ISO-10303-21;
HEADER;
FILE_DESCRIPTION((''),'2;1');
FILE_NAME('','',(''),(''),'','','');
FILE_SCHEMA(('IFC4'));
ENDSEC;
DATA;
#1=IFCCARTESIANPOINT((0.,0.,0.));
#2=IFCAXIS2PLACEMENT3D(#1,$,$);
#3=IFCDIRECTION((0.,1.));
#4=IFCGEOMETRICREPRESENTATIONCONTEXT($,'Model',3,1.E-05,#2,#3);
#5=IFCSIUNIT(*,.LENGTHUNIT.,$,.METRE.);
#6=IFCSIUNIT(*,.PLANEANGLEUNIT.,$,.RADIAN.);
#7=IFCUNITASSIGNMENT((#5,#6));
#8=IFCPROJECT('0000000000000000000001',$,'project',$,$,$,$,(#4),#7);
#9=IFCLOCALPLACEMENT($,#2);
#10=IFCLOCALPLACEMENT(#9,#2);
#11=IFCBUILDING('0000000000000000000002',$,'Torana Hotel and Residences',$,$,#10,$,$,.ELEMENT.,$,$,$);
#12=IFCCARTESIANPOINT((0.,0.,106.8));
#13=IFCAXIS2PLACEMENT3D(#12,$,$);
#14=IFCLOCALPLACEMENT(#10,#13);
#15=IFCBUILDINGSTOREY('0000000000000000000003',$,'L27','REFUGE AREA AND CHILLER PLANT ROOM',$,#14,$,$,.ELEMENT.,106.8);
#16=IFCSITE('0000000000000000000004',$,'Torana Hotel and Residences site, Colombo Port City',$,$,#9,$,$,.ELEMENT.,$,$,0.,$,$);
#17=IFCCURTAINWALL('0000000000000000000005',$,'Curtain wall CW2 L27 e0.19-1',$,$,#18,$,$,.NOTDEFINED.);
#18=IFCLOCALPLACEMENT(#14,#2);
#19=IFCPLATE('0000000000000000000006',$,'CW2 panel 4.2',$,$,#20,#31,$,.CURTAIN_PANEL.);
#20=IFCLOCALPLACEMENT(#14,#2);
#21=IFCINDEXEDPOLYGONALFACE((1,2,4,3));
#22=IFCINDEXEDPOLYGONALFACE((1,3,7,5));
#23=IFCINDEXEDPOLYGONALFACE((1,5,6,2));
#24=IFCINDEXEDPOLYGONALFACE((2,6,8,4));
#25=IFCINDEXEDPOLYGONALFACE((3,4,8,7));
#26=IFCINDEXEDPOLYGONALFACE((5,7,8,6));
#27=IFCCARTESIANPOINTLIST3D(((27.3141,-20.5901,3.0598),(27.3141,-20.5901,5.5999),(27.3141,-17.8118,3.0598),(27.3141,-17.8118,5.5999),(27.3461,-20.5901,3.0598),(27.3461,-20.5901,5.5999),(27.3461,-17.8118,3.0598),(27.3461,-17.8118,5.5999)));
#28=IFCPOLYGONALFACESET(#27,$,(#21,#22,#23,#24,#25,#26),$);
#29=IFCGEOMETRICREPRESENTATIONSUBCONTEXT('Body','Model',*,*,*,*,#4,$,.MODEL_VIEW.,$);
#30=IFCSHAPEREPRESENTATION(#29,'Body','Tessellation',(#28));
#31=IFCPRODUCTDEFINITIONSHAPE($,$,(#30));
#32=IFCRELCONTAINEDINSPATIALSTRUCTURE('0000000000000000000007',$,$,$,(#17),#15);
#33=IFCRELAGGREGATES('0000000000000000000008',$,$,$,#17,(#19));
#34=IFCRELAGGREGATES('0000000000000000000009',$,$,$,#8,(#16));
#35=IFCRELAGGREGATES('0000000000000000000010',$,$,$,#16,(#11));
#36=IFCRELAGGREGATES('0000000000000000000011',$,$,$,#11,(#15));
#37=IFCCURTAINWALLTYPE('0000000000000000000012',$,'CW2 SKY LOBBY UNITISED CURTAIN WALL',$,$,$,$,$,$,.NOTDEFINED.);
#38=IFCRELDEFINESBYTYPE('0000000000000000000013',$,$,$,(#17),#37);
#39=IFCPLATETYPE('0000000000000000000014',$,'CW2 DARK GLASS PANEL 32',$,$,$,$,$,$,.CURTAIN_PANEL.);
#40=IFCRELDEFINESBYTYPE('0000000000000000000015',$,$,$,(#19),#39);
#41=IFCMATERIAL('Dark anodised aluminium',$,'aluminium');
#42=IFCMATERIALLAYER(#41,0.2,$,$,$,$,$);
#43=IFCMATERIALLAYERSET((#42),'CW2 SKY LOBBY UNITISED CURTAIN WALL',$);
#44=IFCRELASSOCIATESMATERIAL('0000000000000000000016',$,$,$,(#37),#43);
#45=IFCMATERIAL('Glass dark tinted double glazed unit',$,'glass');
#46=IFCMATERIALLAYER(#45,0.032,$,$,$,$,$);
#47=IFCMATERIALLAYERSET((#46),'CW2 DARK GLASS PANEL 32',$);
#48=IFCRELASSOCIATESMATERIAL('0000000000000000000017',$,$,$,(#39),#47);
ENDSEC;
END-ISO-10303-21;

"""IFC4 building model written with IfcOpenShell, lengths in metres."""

from ifc_helpers import new_model, si_unit, direction, frame, origin, origin_2d, place, context, subcontext, project, spatial, rectangle, extrude, material, layer, layer_set, type_object, element, aggregate, save


model = new_model("IFC4")

# Units and contexts
model_context = context("Model", 3, precision=1e-05, world=origin(), true_north=direction((0.0, 1.0)))
body_context = subcontext(model_context, "Body", "Model", "MODEL_VIEW")
ifc_project = project(units=[si_unit("LENGTHUNIT", "METRE"), si_unit("PLANEANGLEUNIT", "RADIAN")], contexts=[model_context])

# Site, building, storey
site_placement = place(None, origin())
site = spatial("IfcSite", under=ifc_project, at=site_placement, Name="Torana Hotel and Residences site, Colombo Port City", CompositionType="ELEMENT", RefElevation=0.0)
building_placement = place(site_placement, origin())
building = spatial("IfcBuilding", under=site, at=building_placement, Name="Torana Hotel and Residences", CompositionType="ELEMENT")
storey_placement = place(building_placement, frame((0.0, 0.0, 106.8)))
storey = spatial("IfcBuildingStorey", under=building, at=storey_placement, Name="L27", Description="REFUGE AREA AND CHILLER PLANT ROOM", CompositionType="ELEMENT", Elevation=106.8)

# Curtain wall
ifc_material_1 = material(Name="Dark anodised aluminium", Category="aluminium")
ifc_layer_1 = layer(ifc_material_1, 0.2)
ifc_layer_set_1 = layer_set([ifc_layer_1], Name="CW2 SKY LOBBY UNITISED CURTAIN WALL")
curtain_wall_type = type_object("IfcCurtainWallType", Name="CW2 SKY LOBBY UNITISED CURTAIN WALL", PredefinedType="NOTDEFINED", material=ifc_layer_set_1)
curtain_wall_1_placement = place(storey_placement, origin())
curtain_wall_1 = element("IfcCurtainWall", 1, at=curtain_wall_1_placement, inside=storey, type_object=curtain_wall_type, Name="Curtain wall CW2 L27 e0.19-1", PredefinedType="NOTDEFINED")

# Plate
ifc_material_2 = material(Name="Glass dark tinted double glazed unit", Category="glass")
ifc_layer_2 = layer(ifc_material_2, 0.032)
ifc_layer_set_2 = layer_set([ifc_layer_2], Name="CW2 DARK GLASS PANEL 32")
plate_type = type_object("IfcPlateType", Name="CW2 DARK GLASS PANEL 32", PredefinedType="CURTAIN_PANEL", material=ifc_layer_set_2)
plate_1_placement = place(storey_placement, frame((27.3301, -19.2009, 3.0598), z_axis=(0.0, 0.0, 1.0), x_axis=(0.0, 1.0, 0.0)))
plate_1 = element("IfcPlate", 2, at=plate_1_placement, type_object=plate_type, Name="CW2 panel 4.2", PredefinedType="CURTAIN_PANEL", context=body_context, shape_type="SweptSolid", body=[
    extrude(rectangle(XDim=2.7783, YDim=0.032, at=origin_2d()), origin(), (0.0, 0.0, 1.0), 2.54),
])
aggregate(curtain_wall_1, [plate_1])

save(model, "model.ifc")
